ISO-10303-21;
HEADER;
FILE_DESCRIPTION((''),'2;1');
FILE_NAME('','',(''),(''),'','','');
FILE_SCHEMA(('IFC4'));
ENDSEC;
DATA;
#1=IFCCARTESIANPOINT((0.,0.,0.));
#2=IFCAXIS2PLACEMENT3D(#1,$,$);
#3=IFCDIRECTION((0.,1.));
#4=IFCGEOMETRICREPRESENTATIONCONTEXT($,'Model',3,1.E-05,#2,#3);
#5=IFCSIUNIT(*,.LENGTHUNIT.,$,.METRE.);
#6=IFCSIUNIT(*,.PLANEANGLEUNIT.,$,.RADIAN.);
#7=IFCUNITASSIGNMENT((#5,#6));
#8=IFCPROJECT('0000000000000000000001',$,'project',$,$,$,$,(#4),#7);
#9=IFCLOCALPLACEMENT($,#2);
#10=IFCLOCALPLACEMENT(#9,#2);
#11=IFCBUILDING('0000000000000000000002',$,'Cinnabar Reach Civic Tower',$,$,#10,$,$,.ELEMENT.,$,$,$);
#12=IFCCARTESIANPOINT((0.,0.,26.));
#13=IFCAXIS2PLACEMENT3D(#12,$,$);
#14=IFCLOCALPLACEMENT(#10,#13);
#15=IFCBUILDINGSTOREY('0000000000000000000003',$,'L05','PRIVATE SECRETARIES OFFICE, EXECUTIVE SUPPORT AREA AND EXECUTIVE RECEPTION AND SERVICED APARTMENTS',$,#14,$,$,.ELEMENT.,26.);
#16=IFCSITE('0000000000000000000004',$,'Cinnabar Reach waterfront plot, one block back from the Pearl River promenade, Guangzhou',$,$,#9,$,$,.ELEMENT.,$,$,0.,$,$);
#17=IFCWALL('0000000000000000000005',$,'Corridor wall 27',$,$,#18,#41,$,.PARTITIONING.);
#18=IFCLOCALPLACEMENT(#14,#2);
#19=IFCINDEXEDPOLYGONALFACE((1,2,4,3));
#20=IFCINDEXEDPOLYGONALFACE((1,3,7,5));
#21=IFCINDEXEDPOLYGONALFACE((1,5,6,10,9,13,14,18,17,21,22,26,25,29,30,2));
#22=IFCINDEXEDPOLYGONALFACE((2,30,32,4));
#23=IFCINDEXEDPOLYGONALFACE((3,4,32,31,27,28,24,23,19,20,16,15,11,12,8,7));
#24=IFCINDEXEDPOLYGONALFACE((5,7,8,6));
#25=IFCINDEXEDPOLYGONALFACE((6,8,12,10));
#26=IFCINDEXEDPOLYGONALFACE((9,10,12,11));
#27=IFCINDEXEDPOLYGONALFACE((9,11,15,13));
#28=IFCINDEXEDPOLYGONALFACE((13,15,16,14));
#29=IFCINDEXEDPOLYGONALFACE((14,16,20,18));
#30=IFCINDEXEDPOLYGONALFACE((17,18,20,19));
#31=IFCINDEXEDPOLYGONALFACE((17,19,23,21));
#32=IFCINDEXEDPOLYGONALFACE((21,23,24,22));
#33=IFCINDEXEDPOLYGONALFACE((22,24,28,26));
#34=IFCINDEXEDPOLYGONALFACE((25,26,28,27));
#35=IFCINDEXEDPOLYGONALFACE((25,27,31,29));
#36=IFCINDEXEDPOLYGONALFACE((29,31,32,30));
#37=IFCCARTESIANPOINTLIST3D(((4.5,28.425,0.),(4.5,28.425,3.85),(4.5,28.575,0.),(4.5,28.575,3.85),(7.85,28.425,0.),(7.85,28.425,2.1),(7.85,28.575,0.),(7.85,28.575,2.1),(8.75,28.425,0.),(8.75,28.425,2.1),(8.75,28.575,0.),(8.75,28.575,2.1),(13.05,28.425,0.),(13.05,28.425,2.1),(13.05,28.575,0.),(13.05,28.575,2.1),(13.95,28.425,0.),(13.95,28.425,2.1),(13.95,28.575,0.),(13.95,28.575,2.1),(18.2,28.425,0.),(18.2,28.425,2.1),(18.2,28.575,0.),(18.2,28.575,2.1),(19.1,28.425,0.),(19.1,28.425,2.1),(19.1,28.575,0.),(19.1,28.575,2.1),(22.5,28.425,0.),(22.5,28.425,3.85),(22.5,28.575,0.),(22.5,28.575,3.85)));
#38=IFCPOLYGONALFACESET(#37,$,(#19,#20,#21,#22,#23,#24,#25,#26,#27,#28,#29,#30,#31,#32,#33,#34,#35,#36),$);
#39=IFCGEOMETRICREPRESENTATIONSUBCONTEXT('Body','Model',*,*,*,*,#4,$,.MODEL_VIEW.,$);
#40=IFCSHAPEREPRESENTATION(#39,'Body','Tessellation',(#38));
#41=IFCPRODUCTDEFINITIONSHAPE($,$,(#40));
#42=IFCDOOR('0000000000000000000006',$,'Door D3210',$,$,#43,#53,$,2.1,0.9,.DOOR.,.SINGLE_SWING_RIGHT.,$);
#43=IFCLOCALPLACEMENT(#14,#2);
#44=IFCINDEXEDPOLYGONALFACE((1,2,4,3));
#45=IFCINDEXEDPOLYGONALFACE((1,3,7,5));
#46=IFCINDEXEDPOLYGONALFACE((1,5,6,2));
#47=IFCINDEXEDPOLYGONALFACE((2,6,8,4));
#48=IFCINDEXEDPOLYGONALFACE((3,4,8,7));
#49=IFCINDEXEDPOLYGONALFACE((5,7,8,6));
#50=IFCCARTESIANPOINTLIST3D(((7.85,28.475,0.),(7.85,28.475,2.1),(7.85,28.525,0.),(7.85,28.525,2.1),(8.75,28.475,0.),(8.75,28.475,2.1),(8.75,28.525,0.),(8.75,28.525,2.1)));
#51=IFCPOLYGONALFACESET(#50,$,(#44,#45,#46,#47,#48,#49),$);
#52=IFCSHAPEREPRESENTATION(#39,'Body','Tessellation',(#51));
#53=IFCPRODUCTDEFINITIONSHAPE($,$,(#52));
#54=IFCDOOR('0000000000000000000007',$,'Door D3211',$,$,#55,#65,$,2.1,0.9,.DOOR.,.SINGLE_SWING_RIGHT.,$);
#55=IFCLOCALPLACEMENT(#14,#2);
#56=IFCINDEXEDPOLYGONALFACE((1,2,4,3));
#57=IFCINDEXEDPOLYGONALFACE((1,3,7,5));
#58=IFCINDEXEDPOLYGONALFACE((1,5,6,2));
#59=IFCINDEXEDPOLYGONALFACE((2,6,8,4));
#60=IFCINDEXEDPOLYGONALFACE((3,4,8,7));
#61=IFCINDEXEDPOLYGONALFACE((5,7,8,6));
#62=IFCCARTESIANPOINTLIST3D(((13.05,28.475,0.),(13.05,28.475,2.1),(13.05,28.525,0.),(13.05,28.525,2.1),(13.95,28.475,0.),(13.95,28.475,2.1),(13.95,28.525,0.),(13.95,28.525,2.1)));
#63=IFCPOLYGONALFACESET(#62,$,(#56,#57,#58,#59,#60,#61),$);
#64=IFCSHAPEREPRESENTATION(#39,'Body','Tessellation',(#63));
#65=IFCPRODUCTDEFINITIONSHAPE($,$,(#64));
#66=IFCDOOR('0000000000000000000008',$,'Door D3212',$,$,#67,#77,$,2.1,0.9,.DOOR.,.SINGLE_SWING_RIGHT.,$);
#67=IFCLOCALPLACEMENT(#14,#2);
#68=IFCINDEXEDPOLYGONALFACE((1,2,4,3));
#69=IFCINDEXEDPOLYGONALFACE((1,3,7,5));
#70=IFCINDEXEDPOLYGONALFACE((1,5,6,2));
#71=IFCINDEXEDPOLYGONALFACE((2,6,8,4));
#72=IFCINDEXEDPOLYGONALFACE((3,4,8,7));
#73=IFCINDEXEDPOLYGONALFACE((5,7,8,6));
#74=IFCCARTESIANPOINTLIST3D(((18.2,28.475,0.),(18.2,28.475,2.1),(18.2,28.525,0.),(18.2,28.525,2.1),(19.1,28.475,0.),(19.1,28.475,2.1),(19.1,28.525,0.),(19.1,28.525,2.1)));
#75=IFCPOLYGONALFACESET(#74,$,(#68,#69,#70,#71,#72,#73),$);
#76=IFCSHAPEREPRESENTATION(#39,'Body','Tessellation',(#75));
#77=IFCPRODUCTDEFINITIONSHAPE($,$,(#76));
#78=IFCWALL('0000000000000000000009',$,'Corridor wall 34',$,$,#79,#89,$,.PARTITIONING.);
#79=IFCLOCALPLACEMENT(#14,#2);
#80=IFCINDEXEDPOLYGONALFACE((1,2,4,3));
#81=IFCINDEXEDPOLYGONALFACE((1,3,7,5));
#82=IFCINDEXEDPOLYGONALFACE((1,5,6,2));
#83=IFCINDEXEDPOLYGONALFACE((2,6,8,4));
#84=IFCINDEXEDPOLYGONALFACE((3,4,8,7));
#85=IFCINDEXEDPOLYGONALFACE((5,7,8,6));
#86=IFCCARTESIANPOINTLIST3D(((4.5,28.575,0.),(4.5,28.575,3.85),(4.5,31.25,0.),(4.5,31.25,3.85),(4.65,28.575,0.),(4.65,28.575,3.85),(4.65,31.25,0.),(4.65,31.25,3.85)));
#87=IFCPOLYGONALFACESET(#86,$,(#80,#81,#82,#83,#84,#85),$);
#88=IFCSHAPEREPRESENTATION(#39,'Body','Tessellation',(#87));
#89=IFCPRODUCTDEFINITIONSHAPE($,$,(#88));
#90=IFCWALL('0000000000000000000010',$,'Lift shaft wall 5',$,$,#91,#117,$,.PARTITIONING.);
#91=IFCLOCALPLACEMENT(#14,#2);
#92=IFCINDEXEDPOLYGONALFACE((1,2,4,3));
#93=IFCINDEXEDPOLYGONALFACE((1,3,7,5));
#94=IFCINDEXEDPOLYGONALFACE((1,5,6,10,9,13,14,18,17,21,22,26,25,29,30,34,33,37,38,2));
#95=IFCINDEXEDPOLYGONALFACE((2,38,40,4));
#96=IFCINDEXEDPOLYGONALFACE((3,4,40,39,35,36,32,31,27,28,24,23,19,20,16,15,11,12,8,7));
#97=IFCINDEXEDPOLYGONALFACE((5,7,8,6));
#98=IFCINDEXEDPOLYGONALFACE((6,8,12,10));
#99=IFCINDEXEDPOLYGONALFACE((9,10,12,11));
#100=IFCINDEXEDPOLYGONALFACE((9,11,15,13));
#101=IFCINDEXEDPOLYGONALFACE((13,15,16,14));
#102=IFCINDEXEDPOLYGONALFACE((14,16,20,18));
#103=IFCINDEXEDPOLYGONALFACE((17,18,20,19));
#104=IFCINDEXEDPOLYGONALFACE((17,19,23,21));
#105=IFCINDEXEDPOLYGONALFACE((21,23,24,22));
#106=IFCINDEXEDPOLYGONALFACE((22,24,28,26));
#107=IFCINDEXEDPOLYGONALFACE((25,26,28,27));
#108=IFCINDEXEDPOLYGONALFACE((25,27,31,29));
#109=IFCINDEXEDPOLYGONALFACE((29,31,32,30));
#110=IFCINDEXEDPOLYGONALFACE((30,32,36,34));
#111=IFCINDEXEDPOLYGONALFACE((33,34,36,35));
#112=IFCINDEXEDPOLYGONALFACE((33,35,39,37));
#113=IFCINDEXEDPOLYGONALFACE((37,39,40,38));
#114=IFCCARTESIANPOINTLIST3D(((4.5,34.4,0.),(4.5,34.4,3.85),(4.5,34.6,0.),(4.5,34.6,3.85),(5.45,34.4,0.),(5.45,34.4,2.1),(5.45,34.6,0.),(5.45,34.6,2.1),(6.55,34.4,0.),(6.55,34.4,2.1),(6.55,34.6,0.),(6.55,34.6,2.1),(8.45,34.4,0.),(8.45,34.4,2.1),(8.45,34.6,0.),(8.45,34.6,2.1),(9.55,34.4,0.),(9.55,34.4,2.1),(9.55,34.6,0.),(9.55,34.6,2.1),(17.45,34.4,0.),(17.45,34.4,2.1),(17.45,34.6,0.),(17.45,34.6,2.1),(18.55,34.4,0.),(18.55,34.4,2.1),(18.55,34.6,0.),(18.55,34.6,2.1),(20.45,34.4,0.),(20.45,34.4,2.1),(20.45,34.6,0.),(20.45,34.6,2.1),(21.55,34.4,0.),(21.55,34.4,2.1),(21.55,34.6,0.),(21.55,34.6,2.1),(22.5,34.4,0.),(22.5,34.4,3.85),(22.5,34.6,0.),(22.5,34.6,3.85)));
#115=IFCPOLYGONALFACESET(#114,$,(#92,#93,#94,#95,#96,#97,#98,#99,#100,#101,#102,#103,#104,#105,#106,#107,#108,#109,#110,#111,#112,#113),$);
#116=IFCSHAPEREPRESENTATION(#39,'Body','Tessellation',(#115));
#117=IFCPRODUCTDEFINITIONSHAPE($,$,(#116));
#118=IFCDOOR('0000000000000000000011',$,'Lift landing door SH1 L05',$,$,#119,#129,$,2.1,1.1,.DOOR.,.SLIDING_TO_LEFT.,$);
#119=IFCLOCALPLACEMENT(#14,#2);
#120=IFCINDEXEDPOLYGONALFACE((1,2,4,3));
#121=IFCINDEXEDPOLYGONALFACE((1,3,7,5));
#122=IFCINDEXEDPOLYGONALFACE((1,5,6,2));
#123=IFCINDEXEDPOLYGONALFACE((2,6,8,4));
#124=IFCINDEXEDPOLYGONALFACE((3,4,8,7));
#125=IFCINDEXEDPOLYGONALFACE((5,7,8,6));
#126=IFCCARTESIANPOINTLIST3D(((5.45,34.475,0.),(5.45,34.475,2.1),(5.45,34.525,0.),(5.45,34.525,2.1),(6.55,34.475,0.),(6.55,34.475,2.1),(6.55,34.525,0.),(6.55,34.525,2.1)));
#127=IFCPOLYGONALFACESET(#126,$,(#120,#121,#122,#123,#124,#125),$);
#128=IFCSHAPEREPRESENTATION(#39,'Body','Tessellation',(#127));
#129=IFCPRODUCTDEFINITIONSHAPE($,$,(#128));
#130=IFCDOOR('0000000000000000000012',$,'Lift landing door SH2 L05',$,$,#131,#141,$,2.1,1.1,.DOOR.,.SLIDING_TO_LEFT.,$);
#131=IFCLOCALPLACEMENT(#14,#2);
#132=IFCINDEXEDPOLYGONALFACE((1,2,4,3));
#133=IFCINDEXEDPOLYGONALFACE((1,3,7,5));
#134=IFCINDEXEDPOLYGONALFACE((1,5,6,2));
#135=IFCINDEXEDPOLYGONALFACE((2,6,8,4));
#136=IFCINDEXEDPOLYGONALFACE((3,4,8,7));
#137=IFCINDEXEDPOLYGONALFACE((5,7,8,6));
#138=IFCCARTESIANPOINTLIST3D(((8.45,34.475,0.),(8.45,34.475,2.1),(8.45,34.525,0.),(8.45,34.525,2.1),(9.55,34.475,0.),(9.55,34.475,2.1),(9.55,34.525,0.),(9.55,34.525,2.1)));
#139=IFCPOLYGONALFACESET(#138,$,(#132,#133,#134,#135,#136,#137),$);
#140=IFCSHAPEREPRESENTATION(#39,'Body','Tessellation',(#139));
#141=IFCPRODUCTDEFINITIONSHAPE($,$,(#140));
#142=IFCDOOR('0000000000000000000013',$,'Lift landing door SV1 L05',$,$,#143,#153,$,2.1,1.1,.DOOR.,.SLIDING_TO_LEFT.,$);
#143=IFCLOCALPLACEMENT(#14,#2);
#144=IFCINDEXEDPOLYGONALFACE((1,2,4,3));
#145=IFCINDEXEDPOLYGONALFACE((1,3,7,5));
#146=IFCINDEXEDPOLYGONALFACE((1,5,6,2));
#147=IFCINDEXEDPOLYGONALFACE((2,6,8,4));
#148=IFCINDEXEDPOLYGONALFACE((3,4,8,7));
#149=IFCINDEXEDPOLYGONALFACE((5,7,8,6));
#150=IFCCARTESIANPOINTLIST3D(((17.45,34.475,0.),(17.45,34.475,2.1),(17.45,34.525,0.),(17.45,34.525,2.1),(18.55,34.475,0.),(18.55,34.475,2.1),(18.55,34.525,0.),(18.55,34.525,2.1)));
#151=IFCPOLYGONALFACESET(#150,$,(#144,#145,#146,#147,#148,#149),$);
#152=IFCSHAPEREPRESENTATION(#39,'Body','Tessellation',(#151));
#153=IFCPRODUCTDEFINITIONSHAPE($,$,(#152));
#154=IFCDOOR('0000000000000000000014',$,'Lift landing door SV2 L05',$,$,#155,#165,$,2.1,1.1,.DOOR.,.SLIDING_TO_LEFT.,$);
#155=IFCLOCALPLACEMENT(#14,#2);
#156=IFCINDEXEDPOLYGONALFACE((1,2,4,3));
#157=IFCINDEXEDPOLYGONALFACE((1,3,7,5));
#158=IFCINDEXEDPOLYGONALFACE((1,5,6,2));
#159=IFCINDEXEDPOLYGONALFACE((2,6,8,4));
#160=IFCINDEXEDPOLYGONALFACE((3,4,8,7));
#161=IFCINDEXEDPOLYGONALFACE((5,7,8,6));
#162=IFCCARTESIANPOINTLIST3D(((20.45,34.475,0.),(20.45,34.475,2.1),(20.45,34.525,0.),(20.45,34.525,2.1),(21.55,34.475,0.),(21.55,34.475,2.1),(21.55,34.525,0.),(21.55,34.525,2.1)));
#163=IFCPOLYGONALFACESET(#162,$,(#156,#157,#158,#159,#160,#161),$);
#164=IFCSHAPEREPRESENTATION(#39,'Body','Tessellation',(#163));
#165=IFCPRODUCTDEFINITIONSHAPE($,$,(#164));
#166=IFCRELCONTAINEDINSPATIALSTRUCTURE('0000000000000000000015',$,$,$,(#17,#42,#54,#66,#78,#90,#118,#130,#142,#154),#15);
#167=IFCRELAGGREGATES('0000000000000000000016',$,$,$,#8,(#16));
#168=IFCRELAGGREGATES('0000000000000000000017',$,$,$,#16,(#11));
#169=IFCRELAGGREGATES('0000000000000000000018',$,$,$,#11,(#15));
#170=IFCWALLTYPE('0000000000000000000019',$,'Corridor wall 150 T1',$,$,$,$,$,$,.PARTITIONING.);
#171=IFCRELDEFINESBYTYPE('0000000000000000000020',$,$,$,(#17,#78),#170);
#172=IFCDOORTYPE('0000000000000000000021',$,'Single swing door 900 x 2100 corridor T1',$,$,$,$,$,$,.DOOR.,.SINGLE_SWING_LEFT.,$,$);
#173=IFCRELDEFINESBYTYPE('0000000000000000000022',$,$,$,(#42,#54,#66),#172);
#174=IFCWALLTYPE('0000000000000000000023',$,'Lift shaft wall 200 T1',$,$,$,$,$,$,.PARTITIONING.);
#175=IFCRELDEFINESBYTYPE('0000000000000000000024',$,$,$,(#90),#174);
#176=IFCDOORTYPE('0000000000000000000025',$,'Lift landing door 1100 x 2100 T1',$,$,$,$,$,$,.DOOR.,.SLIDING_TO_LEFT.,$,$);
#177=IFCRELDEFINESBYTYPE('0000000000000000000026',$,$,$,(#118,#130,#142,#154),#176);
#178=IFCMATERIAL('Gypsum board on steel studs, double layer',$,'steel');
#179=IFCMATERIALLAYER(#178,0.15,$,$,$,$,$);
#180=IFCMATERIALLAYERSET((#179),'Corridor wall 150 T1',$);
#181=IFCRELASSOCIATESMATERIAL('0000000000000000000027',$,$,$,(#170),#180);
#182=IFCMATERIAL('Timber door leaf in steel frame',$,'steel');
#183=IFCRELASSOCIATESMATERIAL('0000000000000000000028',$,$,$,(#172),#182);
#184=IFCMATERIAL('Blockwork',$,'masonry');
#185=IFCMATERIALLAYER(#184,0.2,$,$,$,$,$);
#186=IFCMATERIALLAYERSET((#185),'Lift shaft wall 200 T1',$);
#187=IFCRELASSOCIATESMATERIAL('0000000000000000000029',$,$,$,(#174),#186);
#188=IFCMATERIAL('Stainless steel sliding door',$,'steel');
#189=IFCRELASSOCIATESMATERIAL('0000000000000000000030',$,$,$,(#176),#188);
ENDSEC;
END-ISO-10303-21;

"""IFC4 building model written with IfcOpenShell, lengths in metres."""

from ifc_helpers import new_model, si_unit, direction, frame, frame_2d, origin, place, context, subcontext, project, spatial, rectangle, extrude, material, layer, layer_set, type_object, element, fill, save


model = new_model("IFC4")

# Units and contexts
model_context = context("Model", 3, precision=1e-05, world=origin(), true_north=direction((0.0, 1.0)))
body_context = subcontext(model_context, "Body", "Model", "MODEL_VIEW")
ifc_project = project(units=[si_unit("LENGTHUNIT", "METRE"), si_unit("PLANEANGLEUNIT", "RADIAN")], contexts=[model_context])

# Site, building, storey
site_placement = place(None, origin())
site = spatial("IfcSite", under=ifc_project, at=site_placement, Name="Cinnabar Reach waterfront plot, one block back from the Pearl River promenade, Guangzhou", CompositionType="ELEMENT", RefElevation=0.0)
building_placement = place(site_placement, origin())
building = spatial("IfcBuilding", under=site, at=building_placement, Name="Cinnabar Reach Civic Tower", CompositionType="ELEMENT")
storey_placement = place(building_placement, frame((0.0, 0.0, 26.0)))
storey = spatial("IfcBuildingStorey", under=building, at=storey_placement, Name="L05", Description="PRIVATE SECRETARIES OFFICE, EXECUTIVE SUPPORT AREA AND EXECUTIVE RECEPTION AND SERVICED APARTMENTS", CompositionType="ELEMENT", Elevation=26.0)

# Shared definitions
ifc_material_1 = material(Name="Timber door leaf in steel frame", Category="steel")

# Wall, openings, doors
ifc_material_2 = material(Name="Gypsum board on steel studs, double layer", Category="steel")
ifc_layer_1 = layer(ifc_material_2, 0.15)
ifc_layer_set_1 = layer_set([ifc_layer_1], Name="Corridor wall 150 T1")
wall_type_1 = type_object("IfcWallType", Name="Corridor wall 150 T1", PredefinedType="PARTITIONING", material=ifc_layer_set_1)
wall_1_placement = place(storey_placement, frame((4.5, 28.5, 0.0), z_axis=(0.0, 0.0, 1.0), x_axis=(1.0, 0.0, 0.0)))
wall_1 = element("IfcWall", 1, at=wall_1_placement, inside=storey, type_object=wall_type_1, Name="Corridor wall 27", PredefinedType="PARTITIONING", context=body_context, shape_type="SweptSolid", body=[
    extrude(rectangle(XDim=18.0, YDim=0.15, at=frame_2d((9.0, 0.0))), origin(), (0.0, 0.0, 1.0), 3.85),
])
opening_1_placement = place(wall_1_placement, frame((3.35, 0.0, 0.0)))
opening_1 = element("IfcOpeningElement", 2, at=opening_1_placement, cuts=wall_1, PredefinedType="OPENING", context=body_context, shape_type="SweptSolid", body=[
    extrude(rectangle(XDim=0.9, YDim=2.1, at=frame_2d((0.45, 1.05))), frame((0.0, 0.085, 0.0), z_axis=(0.0, -1.0, 0.0), x_axis=(1.0, 0.0, 0.0)), (0.0, 0.0, 1.0), 0.17),
])
opening_2_placement = place(wall_1_placement, frame((8.55, 0.0, 0.0)))
opening_2 = element("IfcOpeningElement", 3, at=opening_2_placement, cuts=wall_1, PredefinedType="OPENING", context=body_context, shape_type="SweptSolid", body=[
    extrude(rectangle(XDim=0.9, YDim=2.1, at=frame_2d((0.45, 1.05))), frame((0.0, 0.085, 0.0), z_axis=(0.0, -1.0, 0.0), x_axis=(1.0, 0.0, 0.0)), (0.0, 0.0, 1.0), 0.17),
])
opening_3_placement = place(wall_1_placement, frame((13.7, 0.0, 0.0)))
opening_3 = element("IfcOpeningElement", 4, at=opening_3_placement, cuts=wall_1, PredefinedType="OPENING", context=body_context, shape_type="SweptSolid", body=[
    extrude(rectangle(XDim=0.9, YDim=2.1, at=frame_2d((0.45, 1.05))), frame((0.0, 0.085, 0.0), z_axis=(0.0, -1.0, 0.0), x_axis=(1.0, 0.0, 0.0)), (0.0, 0.0, 1.0), 0.17),
])
door_type_1 = type_object("IfcDoorType", Name="Single swing door 900 x 2100 corridor T1", OperationType="SINGLE_SWING_LEFT", PredefinedType="DOOR", material=ifc_material_1)
door_1_placement = place(opening_1_placement, origin())
door_1 = element("IfcDoor", 5, at=door_1_placement, inside=storey, type_object=door_type_1, Name="Door D3210", OperationType="SINGLE_SWING_RIGHT", OverallHeight=2.1, OverallWidth=0.9, PredefinedType="DOOR", context=body_context, shape_type="SweptSolid", body=[
    extrude(rectangle(XDim=0.9, YDim=2.1, at=frame_2d((0.45, 1.05))), frame((0.0, 0.025, 0.0), z_axis=(0.0, -1.0, 0.0), x_axis=(1.0, 0.0, 0.0)), (0.0, 0.0, 1.0), 0.05),
])
fill(opening_1, door_1)
door_2_placement = place(opening_2_placement, origin())
door_2 = element("IfcDoor", 6, at=door_2_placement, inside=storey, type_object=door_type_1, Name="Door D3211", OperationType="SINGLE_SWING_RIGHT", OverallHeight=2.1, OverallWidth=0.9, PredefinedType="DOOR", context=body_context, shape_type="SweptSolid", body=[
    extrude(rectangle(XDim=0.9, YDim=2.1, at=frame_2d((0.45, 1.05))), frame((0.0, 0.025, 0.0), z_axis=(0.0, -1.0, 0.0), x_axis=(1.0, 0.0, 0.0)), (0.0, 0.0, 1.0), 0.05),
])
fill(opening_2, door_2)
door_3_placement = place(opening_3_placement, origin())
door_3 = element("IfcDoor", 7, at=door_3_placement, inside=storey, type_object=door_type_1, Name="Door D3212", OperationType="SINGLE_SWING_RIGHT", OverallHeight=2.1, OverallWidth=0.9, PredefinedType="DOOR", context=body_context, shape_type="SweptSolid", body=[
    extrude(rectangle(XDim=0.9, YDim=2.1, at=frame_2d((0.45, 1.05))), frame((0.0, 0.025, 0.0), z_axis=(0.0, -1.0, 0.0), x_axis=(1.0, 0.0, 0.0)), (0.0, 0.0, 1.0), 0.05),
])
fill(opening_3, door_3)

# Wall
wall_2_placement = place(storey_placement, frame((4.575, 28.575, 0.0), z_axis=(0.0, 0.0, 1.0), x_axis=(0.0, 1.0, 0.0)))
element("IfcWall", 8, at=wall_2_placement, inside=storey, type_object=wall_type_1, Name="Corridor wall 34", PredefinedType="PARTITIONING", context=body_context, shape_type="SweptSolid", body=[
    extrude(rectangle(XDim=2.675, YDim=0.15, at=frame_2d((1.3375, 0.0))), origin(), (0.0, 0.0, 1.0), 3.85),
])

# Wall, openings, doors
ifc_material_3 = material(Name="Blockwork", Category="masonry")
ifc_layer_2 = layer(ifc_material_3, 0.2)
ifc_layer_set_2 = layer_set([ifc_layer_2], Name="Lift shaft wall 200 T1")
wall_type_2 = type_object("IfcWallType", Name="Lift shaft wall 200 T1", PredefinedType="PARTITIONING", material=ifc_layer_set_2)
wall_3_placement = place(storey_placement, frame((4.5, 34.5, 0.0), z_axis=(0.0, 0.0, 1.0), x_axis=(1.0, 0.0, 0.0)))
wall_3 = element("IfcWall", 9, at=wall_3_placement, inside=storey, type_object=wall_type_2, Name="Lift shaft wall 5", PredefinedType="PARTITIONING", context=body_context, shape_type="SweptSolid", body=[
    extrude(rectangle(XDim=18.0, YDim=0.2, at=frame_2d((9.0, 0.0))), origin(), (0.0, 0.0, 1.0), 3.85),
])
opening_4_placement = place(wall_3_placement, frame((0.95, 0.0, 0.0)))
opening_4 = element("IfcOpeningElement", 10, at=opening_4_placement, cuts=wall_3, PredefinedType="OPENING", context=body_context, shape_type="SweptSolid", body=[
    extrude(rectangle(XDim=1.1, YDim=2.1, at=frame_2d((0.55, 1.05))), frame((0.0, 0.11, 0.0), z_axis=(0.0, -1.0, 0.0), x_axis=(1.0, 0.0, 0.0)), (0.0, 0.0, 1.0), 0.22),
])
opening_5_placement = place(wall_3_placement, frame((3.95, 0.0, 0.0)))
opening_5 = element("IfcOpeningElement", 11, at=opening_5_placement, cuts=wall_3, PredefinedType="OPENING", context=body_context, shape_type="SweptSolid", body=[
    extrude(rectangle(XDim=1.1, YDim=2.1, at=frame_2d((0.55, 1.05))), frame((0.0, 0.11, 0.0), z_axis=(0.0, -1.0, 0.0), x_axis=(1.0, 0.0, 0.0)), (0.0, 0.0, 1.0), 0.22),
])
opening_6_placement = place(wall_3_placement, frame((12.95, 0.0, 0.0)))
opening_6 = element("IfcOpeningElement", 12, at=opening_6_placement, cuts=wall_3, PredefinedType="OPENING", context=body_context, shape_type="SweptSolid", body=[
    extrude(rectangle(XDim=1.1, YDim=2.1, at=frame_2d((0.55, 1.05))), frame((0.0, 0.11, 0.0), z_axis=(0.0, -1.0, 0.0), x_axis=(1.0, 0.0, 0.0)), (0.0, 0.0, 1.0), 0.22),
])
opening_7_placement = place(wall_3_placement, frame((15.95, 0.0, 0.0)))
opening_7 = element("IfcOpeningElement", 13, at=opening_7_placement, cuts=wall_3, PredefinedType="OPENING", context=body_context, shape_type="SweptSolid", body=[
    extrude(rectangle(XDim=1.1, YDim=2.1, at=frame_2d((0.55, 1.05))), frame((0.0, 0.11, 0.0), z_axis=(0.0, -1.0, 0.0), x_axis=(1.0, 0.0, 0.0)), (0.0, 0.0, 1.0), 0.22),
])
ifc_material_4 = material(Name="Stainless steel sliding door", Category="steel")
door_type_2 = type_object("IfcDoorType", Name="Lift landing door 1100 x 2100 T1", OperationType="SLIDING_TO_LEFT", PredefinedType="DOOR", material=ifc_material_4)
door_4_placement = place(opening_4_placement, origin())
door_4 = element("IfcDoor", 14, at=door_4_placement, inside=storey, type_object=door_type_2, Name="Lift landing door SH1 L05", OperationType="SLIDING_TO_LEFT", OverallHeight=2.1, OverallWidth=1.1, PredefinedType="DOOR", context=body_context, shape_type="SweptSolid", body=[
    extrude(rectangle(XDim=1.1, YDim=2.1, at=frame_2d((0.55, 1.05))), frame((0.0, 0.025, 0.0), z_axis=(0.0, -1.0, 0.0), x_axis=(1.0, 0.0, 0.0)), (0.0, 0.0, 1.0), 0.05),
])
fill(opening_4, door_4)
door_5_placement = place(opening_5_placement, origin())
door_5 = element("IfcDoor", 15, at=door_5_placement, inside=storey, type_object=door_type_2, Name="Lift landing door SH2 L05", OperationType="SLIDING_TO_LEFT", OverallHeight=2.1, OverallWidth=1.1, PredefinedType="DOOR", context=body_context, shape_type="SweptSolid", body=[
    extrude(rectangle(XDim=1.1, YDim=2.1, at=frame_2d((0.55, 1.05))), frame((0.0, 0.025, 0.0), z_axis=(0.0, -1.0, 0.0), x_axis=(1.0, 0.0, 0.0)), (0.0, 0.0, 1.0), 0.05),
])
fill(opening_5, door_5)
door_6_placement = place(opening_6_placement, origin())
door_6 = element("IfcDoor", 16, at=door_6_placement, inside=storey, type_object=door_type_2, Name="Lift landing door SV1 L05", OperationType="SLIDING_TO_LEFT", OverallHeight=2.1, OverallWidth=1.1, PredefinedType="DOOR", context=body_context, shape_type="SweptSolid", body=[
    extrude(rectangle(XDim=1.1, YDim=2.1, at=frame_2d((0.55, 1.05))), frame((0.0, 0.025, 0.0), z_axis=(0.0, -1.0, 0.0), x_axis=(1.0, 0.0, 0.0)), (0.0, 0.0, 1.0), 0.05),
])
fill(opening_6, door_6)
door_7_placement = place(opening_7_placement, origin())
door_7 = element("IfcDoor", 17, at=door_7_placement, inside=storey, type_object=door_type_2, Name="Lift landing door SV2 L05", OperationType="SLIDING_TO_LEFT", OverallHeight=2.1, OverallWidth=1.1, PredefinedType="DOOR", context=body_context, shape_type="SweptSolid", body=[
    extrude(rectangle(XDim=1.1, YDim=2.1, at=frame_2d((0.55, 1.05))), frame((0.0, 0.025, 0.0), z_axis=(0.0, -1.0, 0.0), x_axis=(1.0, 0.0, 0.0)), (0.0, 0.0, 1.0), 0.05),
])
fill(opening_7, door_7)

save(model, "model.ifc")
